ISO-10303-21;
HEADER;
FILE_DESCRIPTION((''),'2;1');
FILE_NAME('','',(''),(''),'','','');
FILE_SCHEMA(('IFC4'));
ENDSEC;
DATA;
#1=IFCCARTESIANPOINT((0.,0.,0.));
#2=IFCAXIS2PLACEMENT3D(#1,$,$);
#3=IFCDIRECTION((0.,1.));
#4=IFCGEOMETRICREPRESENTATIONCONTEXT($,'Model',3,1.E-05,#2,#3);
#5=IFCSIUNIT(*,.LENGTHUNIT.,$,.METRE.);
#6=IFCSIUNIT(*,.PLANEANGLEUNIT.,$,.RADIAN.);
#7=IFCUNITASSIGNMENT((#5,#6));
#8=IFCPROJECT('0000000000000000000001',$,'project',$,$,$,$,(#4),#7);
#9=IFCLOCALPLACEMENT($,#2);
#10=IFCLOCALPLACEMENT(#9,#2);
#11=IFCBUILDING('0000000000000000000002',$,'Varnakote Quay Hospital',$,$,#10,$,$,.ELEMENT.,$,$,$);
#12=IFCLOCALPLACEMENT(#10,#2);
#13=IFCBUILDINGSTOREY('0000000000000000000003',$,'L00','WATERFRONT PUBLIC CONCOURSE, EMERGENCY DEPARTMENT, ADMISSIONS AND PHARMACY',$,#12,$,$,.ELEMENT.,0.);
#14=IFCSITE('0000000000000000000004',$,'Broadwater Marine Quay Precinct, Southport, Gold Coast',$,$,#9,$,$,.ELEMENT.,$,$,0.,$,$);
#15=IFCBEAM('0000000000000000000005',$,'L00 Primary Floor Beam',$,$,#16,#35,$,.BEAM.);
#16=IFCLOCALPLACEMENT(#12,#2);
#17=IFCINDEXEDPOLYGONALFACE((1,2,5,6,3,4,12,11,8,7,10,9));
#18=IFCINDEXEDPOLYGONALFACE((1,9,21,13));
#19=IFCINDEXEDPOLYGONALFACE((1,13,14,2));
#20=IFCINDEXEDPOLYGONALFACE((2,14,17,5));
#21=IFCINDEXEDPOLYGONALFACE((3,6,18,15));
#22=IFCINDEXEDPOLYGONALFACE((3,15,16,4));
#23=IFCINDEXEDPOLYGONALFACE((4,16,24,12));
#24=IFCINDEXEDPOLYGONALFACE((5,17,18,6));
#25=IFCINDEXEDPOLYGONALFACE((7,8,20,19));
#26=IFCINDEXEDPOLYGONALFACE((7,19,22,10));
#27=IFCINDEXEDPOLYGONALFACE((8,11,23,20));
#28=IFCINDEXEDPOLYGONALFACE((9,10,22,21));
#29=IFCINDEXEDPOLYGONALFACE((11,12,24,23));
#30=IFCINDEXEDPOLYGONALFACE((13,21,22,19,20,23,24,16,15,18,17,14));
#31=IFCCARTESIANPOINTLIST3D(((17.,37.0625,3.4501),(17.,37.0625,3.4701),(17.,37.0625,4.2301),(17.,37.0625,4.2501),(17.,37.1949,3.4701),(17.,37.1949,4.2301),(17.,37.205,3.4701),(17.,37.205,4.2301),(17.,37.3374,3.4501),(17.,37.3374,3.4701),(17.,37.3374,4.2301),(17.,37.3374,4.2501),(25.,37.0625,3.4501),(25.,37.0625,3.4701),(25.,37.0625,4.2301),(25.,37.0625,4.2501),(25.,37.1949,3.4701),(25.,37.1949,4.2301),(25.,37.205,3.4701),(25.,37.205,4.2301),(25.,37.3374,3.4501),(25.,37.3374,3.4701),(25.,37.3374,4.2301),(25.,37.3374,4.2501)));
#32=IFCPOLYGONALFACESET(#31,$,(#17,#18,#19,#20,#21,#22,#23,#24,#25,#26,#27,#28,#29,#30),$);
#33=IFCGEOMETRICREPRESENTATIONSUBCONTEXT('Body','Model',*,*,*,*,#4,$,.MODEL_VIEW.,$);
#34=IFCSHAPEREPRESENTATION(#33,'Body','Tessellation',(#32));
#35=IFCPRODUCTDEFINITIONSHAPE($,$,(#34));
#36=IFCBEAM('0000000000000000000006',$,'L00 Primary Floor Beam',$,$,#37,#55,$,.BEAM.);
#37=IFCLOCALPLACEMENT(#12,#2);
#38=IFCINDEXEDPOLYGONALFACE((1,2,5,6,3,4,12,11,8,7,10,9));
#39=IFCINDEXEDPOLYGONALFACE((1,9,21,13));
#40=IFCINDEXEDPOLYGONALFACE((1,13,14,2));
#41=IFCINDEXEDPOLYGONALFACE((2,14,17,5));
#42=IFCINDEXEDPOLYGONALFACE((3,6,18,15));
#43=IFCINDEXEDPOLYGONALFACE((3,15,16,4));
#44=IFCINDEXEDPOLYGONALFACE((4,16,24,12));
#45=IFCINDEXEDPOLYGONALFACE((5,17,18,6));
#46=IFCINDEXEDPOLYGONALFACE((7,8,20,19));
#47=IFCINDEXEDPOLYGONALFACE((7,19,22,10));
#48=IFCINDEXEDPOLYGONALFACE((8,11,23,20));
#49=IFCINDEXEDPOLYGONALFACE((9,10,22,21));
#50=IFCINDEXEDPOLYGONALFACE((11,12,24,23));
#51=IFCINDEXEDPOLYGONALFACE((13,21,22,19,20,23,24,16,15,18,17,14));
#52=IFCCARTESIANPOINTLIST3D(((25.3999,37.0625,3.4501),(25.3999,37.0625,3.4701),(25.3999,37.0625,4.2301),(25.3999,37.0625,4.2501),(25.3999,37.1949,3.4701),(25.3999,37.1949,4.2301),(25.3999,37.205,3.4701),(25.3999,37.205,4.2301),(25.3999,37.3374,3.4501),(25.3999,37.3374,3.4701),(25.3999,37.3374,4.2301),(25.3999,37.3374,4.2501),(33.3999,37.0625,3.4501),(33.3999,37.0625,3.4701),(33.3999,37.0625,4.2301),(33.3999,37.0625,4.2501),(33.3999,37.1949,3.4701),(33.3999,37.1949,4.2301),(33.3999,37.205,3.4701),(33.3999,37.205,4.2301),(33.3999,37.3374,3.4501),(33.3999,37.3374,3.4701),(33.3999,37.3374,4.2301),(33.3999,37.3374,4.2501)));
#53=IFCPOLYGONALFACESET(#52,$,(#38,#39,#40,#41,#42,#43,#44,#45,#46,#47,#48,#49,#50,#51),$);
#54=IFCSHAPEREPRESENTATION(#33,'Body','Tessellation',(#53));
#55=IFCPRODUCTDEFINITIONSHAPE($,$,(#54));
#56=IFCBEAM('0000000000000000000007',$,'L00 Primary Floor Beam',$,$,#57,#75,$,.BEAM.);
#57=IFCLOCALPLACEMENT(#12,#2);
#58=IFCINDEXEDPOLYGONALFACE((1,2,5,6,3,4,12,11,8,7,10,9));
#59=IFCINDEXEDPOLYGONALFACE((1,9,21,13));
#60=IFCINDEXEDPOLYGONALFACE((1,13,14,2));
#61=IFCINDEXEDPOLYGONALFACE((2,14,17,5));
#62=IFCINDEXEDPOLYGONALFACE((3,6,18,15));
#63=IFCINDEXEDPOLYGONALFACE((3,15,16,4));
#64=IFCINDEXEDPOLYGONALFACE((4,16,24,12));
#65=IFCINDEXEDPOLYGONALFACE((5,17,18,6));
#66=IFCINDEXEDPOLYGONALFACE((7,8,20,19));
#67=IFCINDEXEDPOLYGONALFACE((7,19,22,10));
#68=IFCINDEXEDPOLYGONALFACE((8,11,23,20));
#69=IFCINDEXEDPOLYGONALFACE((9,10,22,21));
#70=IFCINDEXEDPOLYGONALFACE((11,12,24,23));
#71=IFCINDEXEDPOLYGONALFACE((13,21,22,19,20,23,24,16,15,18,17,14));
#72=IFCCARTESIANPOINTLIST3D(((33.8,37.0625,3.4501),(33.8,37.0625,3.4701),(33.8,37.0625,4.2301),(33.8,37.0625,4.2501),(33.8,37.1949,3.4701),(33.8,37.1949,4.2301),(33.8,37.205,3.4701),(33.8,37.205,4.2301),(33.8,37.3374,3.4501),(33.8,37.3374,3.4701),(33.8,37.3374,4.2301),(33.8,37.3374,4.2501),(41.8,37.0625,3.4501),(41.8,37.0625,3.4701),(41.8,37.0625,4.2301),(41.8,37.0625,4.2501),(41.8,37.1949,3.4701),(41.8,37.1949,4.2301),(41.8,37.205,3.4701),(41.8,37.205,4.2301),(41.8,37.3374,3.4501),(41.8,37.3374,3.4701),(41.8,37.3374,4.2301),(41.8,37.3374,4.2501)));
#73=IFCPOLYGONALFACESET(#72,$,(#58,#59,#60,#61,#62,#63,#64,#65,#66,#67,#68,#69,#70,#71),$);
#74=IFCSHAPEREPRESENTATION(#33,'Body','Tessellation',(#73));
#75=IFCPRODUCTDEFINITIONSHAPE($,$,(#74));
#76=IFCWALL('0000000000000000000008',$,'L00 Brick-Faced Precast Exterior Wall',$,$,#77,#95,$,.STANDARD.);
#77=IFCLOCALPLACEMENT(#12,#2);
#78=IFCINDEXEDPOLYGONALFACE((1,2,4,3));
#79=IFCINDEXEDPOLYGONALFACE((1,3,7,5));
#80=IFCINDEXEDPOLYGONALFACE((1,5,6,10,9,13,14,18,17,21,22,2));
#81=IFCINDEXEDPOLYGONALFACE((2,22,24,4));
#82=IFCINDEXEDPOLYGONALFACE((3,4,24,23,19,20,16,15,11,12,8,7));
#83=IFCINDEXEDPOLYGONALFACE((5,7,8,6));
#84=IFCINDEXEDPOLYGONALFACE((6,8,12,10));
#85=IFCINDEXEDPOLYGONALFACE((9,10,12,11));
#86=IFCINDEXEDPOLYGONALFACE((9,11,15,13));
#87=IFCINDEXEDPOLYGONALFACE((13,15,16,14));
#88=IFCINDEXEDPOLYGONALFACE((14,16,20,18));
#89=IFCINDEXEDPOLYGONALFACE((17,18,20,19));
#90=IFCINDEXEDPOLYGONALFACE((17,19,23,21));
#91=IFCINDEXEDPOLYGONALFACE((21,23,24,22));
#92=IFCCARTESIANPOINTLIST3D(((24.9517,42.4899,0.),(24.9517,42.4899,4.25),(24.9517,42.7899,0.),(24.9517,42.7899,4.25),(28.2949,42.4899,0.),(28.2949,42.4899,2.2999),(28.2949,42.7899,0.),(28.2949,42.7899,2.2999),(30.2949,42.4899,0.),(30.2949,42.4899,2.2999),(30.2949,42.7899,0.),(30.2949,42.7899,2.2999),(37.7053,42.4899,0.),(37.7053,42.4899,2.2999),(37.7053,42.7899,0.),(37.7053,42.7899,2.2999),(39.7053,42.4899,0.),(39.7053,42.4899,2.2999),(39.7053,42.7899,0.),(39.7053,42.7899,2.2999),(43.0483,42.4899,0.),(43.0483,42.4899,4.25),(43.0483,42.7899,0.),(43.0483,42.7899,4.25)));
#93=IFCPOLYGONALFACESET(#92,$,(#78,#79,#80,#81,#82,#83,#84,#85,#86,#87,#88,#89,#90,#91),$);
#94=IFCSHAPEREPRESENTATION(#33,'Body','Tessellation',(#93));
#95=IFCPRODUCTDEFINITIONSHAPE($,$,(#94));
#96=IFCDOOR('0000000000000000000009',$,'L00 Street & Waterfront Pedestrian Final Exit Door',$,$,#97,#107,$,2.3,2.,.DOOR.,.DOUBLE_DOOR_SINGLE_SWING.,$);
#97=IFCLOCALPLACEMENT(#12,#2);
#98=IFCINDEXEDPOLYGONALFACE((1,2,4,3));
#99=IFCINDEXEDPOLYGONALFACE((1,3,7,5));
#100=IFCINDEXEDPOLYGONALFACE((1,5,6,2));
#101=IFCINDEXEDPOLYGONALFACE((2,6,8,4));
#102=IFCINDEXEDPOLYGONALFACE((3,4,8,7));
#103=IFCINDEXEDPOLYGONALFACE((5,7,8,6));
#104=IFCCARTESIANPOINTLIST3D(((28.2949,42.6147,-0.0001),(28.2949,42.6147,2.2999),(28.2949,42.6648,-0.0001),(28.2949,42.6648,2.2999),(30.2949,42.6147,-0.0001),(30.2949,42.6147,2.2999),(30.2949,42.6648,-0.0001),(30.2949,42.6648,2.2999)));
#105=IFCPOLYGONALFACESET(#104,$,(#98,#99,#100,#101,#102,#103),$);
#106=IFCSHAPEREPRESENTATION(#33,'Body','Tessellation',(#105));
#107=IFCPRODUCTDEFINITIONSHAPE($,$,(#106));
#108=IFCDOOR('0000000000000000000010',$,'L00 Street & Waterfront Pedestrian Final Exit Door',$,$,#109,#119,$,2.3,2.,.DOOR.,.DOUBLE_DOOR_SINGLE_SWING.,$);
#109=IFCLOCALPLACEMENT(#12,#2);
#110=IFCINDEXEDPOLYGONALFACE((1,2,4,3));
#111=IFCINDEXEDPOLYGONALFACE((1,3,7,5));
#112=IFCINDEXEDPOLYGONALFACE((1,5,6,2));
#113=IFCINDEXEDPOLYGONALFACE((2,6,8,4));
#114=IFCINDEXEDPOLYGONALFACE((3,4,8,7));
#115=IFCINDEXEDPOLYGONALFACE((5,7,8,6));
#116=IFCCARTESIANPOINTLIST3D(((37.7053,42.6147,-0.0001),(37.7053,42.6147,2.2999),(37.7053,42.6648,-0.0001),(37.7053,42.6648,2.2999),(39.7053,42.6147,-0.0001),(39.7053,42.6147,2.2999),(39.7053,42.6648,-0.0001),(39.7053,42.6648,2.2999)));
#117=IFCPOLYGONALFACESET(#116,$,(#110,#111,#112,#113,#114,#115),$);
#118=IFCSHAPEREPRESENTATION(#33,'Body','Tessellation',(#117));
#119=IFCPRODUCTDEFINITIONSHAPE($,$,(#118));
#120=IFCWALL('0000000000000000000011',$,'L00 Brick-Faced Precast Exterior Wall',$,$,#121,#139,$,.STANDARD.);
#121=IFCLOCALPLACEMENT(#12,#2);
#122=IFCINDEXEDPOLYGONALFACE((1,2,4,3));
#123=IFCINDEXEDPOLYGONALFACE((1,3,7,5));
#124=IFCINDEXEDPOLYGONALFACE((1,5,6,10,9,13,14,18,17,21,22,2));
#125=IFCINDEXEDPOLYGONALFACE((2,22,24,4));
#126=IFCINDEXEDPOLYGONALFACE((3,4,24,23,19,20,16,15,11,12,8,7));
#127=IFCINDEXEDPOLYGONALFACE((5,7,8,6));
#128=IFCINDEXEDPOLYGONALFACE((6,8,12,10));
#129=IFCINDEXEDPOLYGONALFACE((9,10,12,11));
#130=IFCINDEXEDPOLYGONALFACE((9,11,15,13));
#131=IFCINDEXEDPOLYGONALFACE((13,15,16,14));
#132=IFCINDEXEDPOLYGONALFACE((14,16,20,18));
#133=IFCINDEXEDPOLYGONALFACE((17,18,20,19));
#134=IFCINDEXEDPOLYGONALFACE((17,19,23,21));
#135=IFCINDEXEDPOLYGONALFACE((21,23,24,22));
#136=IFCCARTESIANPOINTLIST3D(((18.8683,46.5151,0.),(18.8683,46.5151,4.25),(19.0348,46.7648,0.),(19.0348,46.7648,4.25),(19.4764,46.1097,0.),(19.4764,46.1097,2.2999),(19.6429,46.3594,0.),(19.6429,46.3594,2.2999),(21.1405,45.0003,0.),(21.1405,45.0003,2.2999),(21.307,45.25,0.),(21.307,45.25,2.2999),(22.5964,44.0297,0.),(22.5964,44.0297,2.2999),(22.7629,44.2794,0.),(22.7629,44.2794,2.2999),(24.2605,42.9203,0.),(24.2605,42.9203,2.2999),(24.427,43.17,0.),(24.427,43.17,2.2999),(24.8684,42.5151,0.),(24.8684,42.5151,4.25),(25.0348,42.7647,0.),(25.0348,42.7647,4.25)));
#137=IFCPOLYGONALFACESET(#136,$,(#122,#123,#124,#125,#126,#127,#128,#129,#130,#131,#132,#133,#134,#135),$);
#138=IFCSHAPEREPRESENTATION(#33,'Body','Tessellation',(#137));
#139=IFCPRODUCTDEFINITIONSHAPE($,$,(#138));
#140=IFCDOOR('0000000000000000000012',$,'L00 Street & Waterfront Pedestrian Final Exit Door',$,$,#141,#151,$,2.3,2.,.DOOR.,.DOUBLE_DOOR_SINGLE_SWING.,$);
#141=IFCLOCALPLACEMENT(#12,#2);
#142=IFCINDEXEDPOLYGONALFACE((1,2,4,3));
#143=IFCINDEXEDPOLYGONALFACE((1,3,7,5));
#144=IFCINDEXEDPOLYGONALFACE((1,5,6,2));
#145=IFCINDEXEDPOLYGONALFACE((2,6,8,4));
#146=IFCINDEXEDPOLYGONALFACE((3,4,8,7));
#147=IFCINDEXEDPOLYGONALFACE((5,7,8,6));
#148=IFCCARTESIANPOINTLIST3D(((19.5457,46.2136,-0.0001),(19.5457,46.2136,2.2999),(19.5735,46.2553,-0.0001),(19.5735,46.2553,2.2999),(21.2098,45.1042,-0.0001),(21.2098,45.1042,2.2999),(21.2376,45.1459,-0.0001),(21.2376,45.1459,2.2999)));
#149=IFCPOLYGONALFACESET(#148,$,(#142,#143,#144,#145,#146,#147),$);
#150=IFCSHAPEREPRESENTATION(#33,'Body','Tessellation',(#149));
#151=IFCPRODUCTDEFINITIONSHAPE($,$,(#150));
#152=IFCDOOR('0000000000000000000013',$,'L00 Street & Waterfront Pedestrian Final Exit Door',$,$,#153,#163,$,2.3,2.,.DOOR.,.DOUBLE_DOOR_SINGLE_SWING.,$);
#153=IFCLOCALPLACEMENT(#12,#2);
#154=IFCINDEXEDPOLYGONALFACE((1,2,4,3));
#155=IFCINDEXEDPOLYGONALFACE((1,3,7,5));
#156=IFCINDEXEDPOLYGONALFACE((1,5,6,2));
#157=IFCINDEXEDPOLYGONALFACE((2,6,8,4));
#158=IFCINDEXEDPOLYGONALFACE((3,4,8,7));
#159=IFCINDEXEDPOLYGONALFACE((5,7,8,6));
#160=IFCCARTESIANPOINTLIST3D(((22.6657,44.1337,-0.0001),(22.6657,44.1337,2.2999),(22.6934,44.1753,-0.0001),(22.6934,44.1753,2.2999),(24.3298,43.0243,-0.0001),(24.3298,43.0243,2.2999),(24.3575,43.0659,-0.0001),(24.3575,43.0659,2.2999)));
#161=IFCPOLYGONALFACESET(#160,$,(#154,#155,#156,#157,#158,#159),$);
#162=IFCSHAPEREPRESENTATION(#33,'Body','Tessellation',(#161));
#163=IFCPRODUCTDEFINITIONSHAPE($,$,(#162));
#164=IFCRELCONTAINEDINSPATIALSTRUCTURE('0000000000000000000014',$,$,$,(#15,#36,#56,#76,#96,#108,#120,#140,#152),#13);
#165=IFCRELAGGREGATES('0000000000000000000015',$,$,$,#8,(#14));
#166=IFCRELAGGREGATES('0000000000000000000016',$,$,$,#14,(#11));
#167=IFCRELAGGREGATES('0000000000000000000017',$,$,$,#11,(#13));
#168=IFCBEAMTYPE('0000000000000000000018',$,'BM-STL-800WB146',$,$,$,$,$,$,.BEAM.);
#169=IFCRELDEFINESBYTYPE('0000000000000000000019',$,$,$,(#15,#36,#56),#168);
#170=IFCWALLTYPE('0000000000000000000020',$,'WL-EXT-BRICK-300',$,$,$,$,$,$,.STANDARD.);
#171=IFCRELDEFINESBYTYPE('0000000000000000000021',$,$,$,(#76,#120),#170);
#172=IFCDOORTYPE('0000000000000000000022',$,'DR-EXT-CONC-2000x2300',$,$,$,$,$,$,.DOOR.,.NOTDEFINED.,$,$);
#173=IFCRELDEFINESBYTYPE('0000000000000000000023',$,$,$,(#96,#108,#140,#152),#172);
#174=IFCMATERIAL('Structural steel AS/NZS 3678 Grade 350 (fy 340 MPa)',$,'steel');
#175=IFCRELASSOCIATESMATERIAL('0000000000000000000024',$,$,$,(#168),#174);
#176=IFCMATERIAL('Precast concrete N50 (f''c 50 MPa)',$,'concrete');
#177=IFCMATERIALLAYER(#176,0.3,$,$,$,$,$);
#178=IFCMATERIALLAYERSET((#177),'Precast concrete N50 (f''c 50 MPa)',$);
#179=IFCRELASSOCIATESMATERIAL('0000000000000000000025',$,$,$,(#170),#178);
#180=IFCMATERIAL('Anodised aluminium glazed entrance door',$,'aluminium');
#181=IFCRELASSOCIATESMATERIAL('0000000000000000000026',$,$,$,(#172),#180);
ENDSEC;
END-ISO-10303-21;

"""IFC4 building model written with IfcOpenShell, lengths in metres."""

from ifc_helpers import new_model, si_unit, direction, frame, frame_2d, origin, origin_2d, place, context, subcontext, project, spatial, rectangle, i_section, extrude, material, layer, layer_set, material_profile, profile_set, type_object, element, fill, save


model = new_model("IFC4")

# Units and contexts
model_context = context("Model", 3, precision=1e-05, world=origin(), true_north=direction((0.0, 1.0)))
body_context = subcontext(model_context, "Body", "Model", "MODEL_VIEW")
ifc_project = project(units=[si_unit("LENGTHUNIT", "METRE"), si_unit("PLANEANGLEUNIT", "RADIAN")], contexts=[model_context])

# Site, building, storey
site_placement = place(None, origin())
site = spatial("IfcSite", under=ifc_project, at=site_placement, Name="Broadwater Marine Quay Precinct, Southport, Gold Coast", CompositionType="ELEMENT", RefElevation=0.0)
building_placement = place(site_placement, origin())
building = spatial("IfcBuilding", under=site, at=building_placement, Name="Varnakote Quay Hospital", CompositionType="ELEMENT")
storey_placement = place(building_placement, origin())
storey = spatial("IfcBuildingStorey", under=building, at=storey_placement, Name="L00", Description="WATERFRONT PUBLIC CONCOURSE, EMERGENCY DEPARTMENT, ADMISSIONS AND PHARMACY", CompositionType="ELEMENT", Elevation=0.0)

# Beams
ifc_material_1 = material(Name="Structural steel AS/NZS 3678 Grade 350 (fy 340 MPa)", Category="steel")
ifc_material_profile_1 = material_profile(ifc_material_1, i_section(OverallWidth=0.2749, OverallDepth=0.8, WebThickness=0.01, FlangeThickness=0.02, at=origin_2d()), Name="800WB146")
ifc_profile_set_1 = profile_set([ifc_material_profile_1], Name="Structural steel AS/NZS 3678 Grade 350 (fy 340 MPa)")
beam_type_1 = type_object("IfcBeamType", Name="BM-STL-800WB146", PredefinedType="BEAM", material=ifc_profile_set_1)
for number, where, z_axis, x_axis, name in (
    (1, (17.0, 37.2, 3.8501), (1.0, 0.0, 0.0), (0.0, 1.0, 0.0), "L00 Primary Floor Beam"),
    (2, (25.3999, 37.2, 3.8501), (1.0, 0.0, 0.0), (0.0, 1.0, 0.0), "L00 Primary Floor Beam"),
    (3, (33.8, 37.2, 3.8501), (1.0, 0.0, 0.0), (0.0, 1.0, 0.0), "L00 Primary Floor Beam"),
):
    element("IfcBeam", number, at=place(storey_placement, frame(where, z_axis=z_axis, x_axis=x_axis)), inside=storey, type_object=beam_type_1, Name=name, PredefinedType="BEAM", context=body_context, shape_type="SweptSolid", body=[
        extrude(i_section(OverallWidth=0.2749, OverallDepth=0.8, WebThickness=0.01, FlangeThickness=0.02, at=origin_2d()), origin(), (0.0, 0.0, 1.0), 8.0),
    ])

# Walls, openings, doors
ifc_material_2 = material(Name="Precast concrete N50 (f'c 50 MPa)", Category="concrete")
ifc_layer_1 = layer(ifc_material_2, 0.3)
ifc_layer_set_1 = layer_set([ifc_layer_1], Name="Precast concrete N50 (f'c 50 MPa)")
wall_type_1 = type_object("IfcWallType", Name="WL-EXT-BRICK-300", PredefinedType="STANDARD", material=ifc_layer_set_1)
wall_1_placement = place(storey_placement, frame((24.9517, 42.6399, 0.0), z_axis=(0.0, 0.0, 1.0), x_axis=(1.0, 0.0, 0.0)))
wall_1 = element("IfcWall", 4, at=wall_1_placement, inside=storey, type_object=wall_type_1, Name="L00 Brick-Faced Precast Exterior Wall", PredefinedType="STANDARD", context=body_context, shape_type="SweptSolid", body=[
    extrude(rectangle(XDim=18.0967, YDim=0.3, at=frame_2d((9.0483, 0.0))), origin(), (0.0, 0.0, 1.0), 4.25),
])
opening_1_placement = place(wall_1_placement, frame((3.3433, 0.0, 0.0)))
opening_1 = element("IfcOpeningElement", 5, at=opening_1_placement, cuts=wall_1, PredefinedType="OPENING", context=body_context, shape_type="SweptSolid", body=[
    extrude(rectangle(XDim=2.0, YDim=2.3, at=frame_2d((1.0, 1.1499))), frame((0.0, 0.1599, 0.0), z_axis=(0.0, -1.0, 0.0), x_axis=(1.0, 0.0, 0.0)), (0.0, 0.0, 1.0), 0.3201),
])
opening_2_placement = place(wall_1_placement, frame((12.7537, 0.0, 0.0)))
opening_2 = element("IfcOpeningElement", 6, at=opening_2_placement, cuts=wall_1, PredefinedType="OPENING", context=body_context, shape_type="SweptSolid", body=[
    extrude(rectangle(XDim=2.0, YDim=2.3, at=frame_2d((1.0, 1.1499))), frame((0.0, 0.1599, 0.0), z_axis=(0.0, -1.0, 0.0), x_axis=(1.0, 0.0, 0.0)), (0.0, 0.0, 1.0), 0.3201),
])
ifc_material_3 = material(Name="Anodised aluminium glazed entrance door", Category="aluminium")
door_type_1 = type_object("IfcDoorType", Name="DR-EXT-CONC-2000x2300", OperationType="NOTDEFINED", PredefinedType="DOOR", material=ifc_material_3)
door_1_placement = place(opening_1_placement, origin())
door_1 = element("IfcDoor", 7, at=door_1_placement, inside=storey, type_object=door_type_1, Name="L00 Street & Waterfront Pedestrian Final Exit Door", OperationType="DOUBLE_DOOR_SINGLE_SWING", OverallHeight=2.3, OverallWidth=2.0, PredefinedType="DOOR", context=body_context, shape_type="SweptSolid", body=[
    extrude(rectangle(XDim=2.0, YDim=2.3, at=frame_2d((1.0, 1.1499))), frame((0.0, 0.0249, 0.0), z_axis=(0.0, -1.0, 0.0), x_axis=(1.0, 0.0, 0.0)), (0.0, 0.0, 1.0), 0.05),
])
fill(opening_1, door_1)
door_2_placement = place(opening_2_placement, origin())
door_2 = element("IfcDoor", 8, at=door_2_placement, inside=storey, type_object=door_type_1, Name="L00 Street & Waterfront Pedestrian Final Exit Door", OperationType="DOUBLE_DOOR_SINGLE_SWING", OverallHeight=2.3, OverallWidth=2.0, PredefinedType="DOOR", context=body_context, shape_type="SweptSolid", body=[
    extrude(rectangle(XDim=2.0, YDim=2.3, at=frame_2d((1.0, 1.1499))), frame((0.0, 0.0249, 0.0), z_axis=(0.0, -1.0, 0.0), x_axis=(1.0, 0.0, 0.0)), (0.0, 0.0, 1.0), 0.05),
])
fill(opening_2, door_2)
wall_2_placement = place(storey_placement, frame((18.9517, 46.6399, 0.0), z_axis=(0.0, 0.0, 1.0), x_axis=(0.83205, -0.5547, 0.0)))
wall_2 = element("IfcWall", 9, at=wall_2_placement, inside=storey, type_object=wall_type_1, Name="L00 Brick-Faced Precast Exterior Wall", PredefinedType="STANDARD", context=body_context, shape_type="SweptSolid", body=[
    extrude(rectangle(XDim=7.2112, YDim=0.3, at=frame_2d((3.6055, 0.0))), origin(), (0.0, 0.0, 1.0), 4.25),
])
opening_3_placement = place(wall_2_placement, frame((0.7307, 0.0, 0.0)))
opening_3 = element("IfcOpeningElement", 10, at=opening_3_placement, cuts=wall_2, PredefinedType="OPENING", context=body_context, shape_type="SweptSolid", body=[
    extrude(rectangle(XDim=2.0, YDim=2.3, at=frame_2d((1.0, 1.1499))), frame((0.0, 0.1599, 0.0), z_axis=(0.0, -1.0, 0.0), x_axis=(1.0, 0.0, 0.0)), (0.0, 0.0, 1.0), 0.3201),
])
opening_4_placement = place(wall_2_placement, frame((4.4805, 0.0, 0.0)))
opening_4 = element("IfcOpeningElement", 11, at=opening_4_placement, cuts=wall_2, PredefinedType="OPENING", context=body_context, shape_type="SweptSolid", body=[
    extrude(rectangle(XDim=2.0, YDim=2.3, at=frame_2d((1.0, 1.1499))), frame((0.0, 0.1599, 0.0), z_axis=(0.0, -1.0, 0.0), x_axis=(1.0, 0.0, 0.0)), (0.0, 0.0, 1.0), 0.3201),
])
door_3_placement = place(opening_3_placement, origin())
door_3 = element("IfcDoor", 12, at=door_3_placement, inside=storey, type_object=door_type_1, Name="L00 Street & Waterfront Pedestrian Final Exit Door", OperationType="DOUBLE_DOOR_SINGLE_SWING", OverallHeight=2.3, OverallWidth=2.0, PredefinedType="DOOR", context=body_context, shape_type="SweptSolid", body=[
    extrude(rectangle(XDim=2.0, YDim=2.3, at=frame_2d((1.0, 1.1499))), frame((0.0, 0.0249, 0.0), z_axis=(0.0, -1.0, 0.0), x_axis=(1.0, 0.0, 0.0)), (0.0, 0.0, 1.0), 0.05),
])
fill(opening_3, door_3)
door_4_placement = place(opening_4_placement, origin())
door_4 = element("IfcDoor", 13, at=door_4_placement, inside=storey, type_object=door_type_1, Name="L00 Street & Waterfront Pedestrian Final Exit Door", OperationType="DOUBLE_DOOR_SINGLE_SWING", OverallHeight=2.3, OverallWidth=2.0, PredefinedType="DOOR", context=body_context, shape_type="SweptSolid", body=[
    extrude(rectangle(XDim=2.0, YDim=2.3, at=frame_2d((1.0, 1.1499))), frame((0.0, 0.0249, 0.0), z_axis=(0.0, -1.0, 0.0), x_axis=(1.0, 0.0, 0.0)), (0.0, 0.0, 1.0), 0.05),
])
fill(opening_4, door_4)

save(model, "model.ifc")
